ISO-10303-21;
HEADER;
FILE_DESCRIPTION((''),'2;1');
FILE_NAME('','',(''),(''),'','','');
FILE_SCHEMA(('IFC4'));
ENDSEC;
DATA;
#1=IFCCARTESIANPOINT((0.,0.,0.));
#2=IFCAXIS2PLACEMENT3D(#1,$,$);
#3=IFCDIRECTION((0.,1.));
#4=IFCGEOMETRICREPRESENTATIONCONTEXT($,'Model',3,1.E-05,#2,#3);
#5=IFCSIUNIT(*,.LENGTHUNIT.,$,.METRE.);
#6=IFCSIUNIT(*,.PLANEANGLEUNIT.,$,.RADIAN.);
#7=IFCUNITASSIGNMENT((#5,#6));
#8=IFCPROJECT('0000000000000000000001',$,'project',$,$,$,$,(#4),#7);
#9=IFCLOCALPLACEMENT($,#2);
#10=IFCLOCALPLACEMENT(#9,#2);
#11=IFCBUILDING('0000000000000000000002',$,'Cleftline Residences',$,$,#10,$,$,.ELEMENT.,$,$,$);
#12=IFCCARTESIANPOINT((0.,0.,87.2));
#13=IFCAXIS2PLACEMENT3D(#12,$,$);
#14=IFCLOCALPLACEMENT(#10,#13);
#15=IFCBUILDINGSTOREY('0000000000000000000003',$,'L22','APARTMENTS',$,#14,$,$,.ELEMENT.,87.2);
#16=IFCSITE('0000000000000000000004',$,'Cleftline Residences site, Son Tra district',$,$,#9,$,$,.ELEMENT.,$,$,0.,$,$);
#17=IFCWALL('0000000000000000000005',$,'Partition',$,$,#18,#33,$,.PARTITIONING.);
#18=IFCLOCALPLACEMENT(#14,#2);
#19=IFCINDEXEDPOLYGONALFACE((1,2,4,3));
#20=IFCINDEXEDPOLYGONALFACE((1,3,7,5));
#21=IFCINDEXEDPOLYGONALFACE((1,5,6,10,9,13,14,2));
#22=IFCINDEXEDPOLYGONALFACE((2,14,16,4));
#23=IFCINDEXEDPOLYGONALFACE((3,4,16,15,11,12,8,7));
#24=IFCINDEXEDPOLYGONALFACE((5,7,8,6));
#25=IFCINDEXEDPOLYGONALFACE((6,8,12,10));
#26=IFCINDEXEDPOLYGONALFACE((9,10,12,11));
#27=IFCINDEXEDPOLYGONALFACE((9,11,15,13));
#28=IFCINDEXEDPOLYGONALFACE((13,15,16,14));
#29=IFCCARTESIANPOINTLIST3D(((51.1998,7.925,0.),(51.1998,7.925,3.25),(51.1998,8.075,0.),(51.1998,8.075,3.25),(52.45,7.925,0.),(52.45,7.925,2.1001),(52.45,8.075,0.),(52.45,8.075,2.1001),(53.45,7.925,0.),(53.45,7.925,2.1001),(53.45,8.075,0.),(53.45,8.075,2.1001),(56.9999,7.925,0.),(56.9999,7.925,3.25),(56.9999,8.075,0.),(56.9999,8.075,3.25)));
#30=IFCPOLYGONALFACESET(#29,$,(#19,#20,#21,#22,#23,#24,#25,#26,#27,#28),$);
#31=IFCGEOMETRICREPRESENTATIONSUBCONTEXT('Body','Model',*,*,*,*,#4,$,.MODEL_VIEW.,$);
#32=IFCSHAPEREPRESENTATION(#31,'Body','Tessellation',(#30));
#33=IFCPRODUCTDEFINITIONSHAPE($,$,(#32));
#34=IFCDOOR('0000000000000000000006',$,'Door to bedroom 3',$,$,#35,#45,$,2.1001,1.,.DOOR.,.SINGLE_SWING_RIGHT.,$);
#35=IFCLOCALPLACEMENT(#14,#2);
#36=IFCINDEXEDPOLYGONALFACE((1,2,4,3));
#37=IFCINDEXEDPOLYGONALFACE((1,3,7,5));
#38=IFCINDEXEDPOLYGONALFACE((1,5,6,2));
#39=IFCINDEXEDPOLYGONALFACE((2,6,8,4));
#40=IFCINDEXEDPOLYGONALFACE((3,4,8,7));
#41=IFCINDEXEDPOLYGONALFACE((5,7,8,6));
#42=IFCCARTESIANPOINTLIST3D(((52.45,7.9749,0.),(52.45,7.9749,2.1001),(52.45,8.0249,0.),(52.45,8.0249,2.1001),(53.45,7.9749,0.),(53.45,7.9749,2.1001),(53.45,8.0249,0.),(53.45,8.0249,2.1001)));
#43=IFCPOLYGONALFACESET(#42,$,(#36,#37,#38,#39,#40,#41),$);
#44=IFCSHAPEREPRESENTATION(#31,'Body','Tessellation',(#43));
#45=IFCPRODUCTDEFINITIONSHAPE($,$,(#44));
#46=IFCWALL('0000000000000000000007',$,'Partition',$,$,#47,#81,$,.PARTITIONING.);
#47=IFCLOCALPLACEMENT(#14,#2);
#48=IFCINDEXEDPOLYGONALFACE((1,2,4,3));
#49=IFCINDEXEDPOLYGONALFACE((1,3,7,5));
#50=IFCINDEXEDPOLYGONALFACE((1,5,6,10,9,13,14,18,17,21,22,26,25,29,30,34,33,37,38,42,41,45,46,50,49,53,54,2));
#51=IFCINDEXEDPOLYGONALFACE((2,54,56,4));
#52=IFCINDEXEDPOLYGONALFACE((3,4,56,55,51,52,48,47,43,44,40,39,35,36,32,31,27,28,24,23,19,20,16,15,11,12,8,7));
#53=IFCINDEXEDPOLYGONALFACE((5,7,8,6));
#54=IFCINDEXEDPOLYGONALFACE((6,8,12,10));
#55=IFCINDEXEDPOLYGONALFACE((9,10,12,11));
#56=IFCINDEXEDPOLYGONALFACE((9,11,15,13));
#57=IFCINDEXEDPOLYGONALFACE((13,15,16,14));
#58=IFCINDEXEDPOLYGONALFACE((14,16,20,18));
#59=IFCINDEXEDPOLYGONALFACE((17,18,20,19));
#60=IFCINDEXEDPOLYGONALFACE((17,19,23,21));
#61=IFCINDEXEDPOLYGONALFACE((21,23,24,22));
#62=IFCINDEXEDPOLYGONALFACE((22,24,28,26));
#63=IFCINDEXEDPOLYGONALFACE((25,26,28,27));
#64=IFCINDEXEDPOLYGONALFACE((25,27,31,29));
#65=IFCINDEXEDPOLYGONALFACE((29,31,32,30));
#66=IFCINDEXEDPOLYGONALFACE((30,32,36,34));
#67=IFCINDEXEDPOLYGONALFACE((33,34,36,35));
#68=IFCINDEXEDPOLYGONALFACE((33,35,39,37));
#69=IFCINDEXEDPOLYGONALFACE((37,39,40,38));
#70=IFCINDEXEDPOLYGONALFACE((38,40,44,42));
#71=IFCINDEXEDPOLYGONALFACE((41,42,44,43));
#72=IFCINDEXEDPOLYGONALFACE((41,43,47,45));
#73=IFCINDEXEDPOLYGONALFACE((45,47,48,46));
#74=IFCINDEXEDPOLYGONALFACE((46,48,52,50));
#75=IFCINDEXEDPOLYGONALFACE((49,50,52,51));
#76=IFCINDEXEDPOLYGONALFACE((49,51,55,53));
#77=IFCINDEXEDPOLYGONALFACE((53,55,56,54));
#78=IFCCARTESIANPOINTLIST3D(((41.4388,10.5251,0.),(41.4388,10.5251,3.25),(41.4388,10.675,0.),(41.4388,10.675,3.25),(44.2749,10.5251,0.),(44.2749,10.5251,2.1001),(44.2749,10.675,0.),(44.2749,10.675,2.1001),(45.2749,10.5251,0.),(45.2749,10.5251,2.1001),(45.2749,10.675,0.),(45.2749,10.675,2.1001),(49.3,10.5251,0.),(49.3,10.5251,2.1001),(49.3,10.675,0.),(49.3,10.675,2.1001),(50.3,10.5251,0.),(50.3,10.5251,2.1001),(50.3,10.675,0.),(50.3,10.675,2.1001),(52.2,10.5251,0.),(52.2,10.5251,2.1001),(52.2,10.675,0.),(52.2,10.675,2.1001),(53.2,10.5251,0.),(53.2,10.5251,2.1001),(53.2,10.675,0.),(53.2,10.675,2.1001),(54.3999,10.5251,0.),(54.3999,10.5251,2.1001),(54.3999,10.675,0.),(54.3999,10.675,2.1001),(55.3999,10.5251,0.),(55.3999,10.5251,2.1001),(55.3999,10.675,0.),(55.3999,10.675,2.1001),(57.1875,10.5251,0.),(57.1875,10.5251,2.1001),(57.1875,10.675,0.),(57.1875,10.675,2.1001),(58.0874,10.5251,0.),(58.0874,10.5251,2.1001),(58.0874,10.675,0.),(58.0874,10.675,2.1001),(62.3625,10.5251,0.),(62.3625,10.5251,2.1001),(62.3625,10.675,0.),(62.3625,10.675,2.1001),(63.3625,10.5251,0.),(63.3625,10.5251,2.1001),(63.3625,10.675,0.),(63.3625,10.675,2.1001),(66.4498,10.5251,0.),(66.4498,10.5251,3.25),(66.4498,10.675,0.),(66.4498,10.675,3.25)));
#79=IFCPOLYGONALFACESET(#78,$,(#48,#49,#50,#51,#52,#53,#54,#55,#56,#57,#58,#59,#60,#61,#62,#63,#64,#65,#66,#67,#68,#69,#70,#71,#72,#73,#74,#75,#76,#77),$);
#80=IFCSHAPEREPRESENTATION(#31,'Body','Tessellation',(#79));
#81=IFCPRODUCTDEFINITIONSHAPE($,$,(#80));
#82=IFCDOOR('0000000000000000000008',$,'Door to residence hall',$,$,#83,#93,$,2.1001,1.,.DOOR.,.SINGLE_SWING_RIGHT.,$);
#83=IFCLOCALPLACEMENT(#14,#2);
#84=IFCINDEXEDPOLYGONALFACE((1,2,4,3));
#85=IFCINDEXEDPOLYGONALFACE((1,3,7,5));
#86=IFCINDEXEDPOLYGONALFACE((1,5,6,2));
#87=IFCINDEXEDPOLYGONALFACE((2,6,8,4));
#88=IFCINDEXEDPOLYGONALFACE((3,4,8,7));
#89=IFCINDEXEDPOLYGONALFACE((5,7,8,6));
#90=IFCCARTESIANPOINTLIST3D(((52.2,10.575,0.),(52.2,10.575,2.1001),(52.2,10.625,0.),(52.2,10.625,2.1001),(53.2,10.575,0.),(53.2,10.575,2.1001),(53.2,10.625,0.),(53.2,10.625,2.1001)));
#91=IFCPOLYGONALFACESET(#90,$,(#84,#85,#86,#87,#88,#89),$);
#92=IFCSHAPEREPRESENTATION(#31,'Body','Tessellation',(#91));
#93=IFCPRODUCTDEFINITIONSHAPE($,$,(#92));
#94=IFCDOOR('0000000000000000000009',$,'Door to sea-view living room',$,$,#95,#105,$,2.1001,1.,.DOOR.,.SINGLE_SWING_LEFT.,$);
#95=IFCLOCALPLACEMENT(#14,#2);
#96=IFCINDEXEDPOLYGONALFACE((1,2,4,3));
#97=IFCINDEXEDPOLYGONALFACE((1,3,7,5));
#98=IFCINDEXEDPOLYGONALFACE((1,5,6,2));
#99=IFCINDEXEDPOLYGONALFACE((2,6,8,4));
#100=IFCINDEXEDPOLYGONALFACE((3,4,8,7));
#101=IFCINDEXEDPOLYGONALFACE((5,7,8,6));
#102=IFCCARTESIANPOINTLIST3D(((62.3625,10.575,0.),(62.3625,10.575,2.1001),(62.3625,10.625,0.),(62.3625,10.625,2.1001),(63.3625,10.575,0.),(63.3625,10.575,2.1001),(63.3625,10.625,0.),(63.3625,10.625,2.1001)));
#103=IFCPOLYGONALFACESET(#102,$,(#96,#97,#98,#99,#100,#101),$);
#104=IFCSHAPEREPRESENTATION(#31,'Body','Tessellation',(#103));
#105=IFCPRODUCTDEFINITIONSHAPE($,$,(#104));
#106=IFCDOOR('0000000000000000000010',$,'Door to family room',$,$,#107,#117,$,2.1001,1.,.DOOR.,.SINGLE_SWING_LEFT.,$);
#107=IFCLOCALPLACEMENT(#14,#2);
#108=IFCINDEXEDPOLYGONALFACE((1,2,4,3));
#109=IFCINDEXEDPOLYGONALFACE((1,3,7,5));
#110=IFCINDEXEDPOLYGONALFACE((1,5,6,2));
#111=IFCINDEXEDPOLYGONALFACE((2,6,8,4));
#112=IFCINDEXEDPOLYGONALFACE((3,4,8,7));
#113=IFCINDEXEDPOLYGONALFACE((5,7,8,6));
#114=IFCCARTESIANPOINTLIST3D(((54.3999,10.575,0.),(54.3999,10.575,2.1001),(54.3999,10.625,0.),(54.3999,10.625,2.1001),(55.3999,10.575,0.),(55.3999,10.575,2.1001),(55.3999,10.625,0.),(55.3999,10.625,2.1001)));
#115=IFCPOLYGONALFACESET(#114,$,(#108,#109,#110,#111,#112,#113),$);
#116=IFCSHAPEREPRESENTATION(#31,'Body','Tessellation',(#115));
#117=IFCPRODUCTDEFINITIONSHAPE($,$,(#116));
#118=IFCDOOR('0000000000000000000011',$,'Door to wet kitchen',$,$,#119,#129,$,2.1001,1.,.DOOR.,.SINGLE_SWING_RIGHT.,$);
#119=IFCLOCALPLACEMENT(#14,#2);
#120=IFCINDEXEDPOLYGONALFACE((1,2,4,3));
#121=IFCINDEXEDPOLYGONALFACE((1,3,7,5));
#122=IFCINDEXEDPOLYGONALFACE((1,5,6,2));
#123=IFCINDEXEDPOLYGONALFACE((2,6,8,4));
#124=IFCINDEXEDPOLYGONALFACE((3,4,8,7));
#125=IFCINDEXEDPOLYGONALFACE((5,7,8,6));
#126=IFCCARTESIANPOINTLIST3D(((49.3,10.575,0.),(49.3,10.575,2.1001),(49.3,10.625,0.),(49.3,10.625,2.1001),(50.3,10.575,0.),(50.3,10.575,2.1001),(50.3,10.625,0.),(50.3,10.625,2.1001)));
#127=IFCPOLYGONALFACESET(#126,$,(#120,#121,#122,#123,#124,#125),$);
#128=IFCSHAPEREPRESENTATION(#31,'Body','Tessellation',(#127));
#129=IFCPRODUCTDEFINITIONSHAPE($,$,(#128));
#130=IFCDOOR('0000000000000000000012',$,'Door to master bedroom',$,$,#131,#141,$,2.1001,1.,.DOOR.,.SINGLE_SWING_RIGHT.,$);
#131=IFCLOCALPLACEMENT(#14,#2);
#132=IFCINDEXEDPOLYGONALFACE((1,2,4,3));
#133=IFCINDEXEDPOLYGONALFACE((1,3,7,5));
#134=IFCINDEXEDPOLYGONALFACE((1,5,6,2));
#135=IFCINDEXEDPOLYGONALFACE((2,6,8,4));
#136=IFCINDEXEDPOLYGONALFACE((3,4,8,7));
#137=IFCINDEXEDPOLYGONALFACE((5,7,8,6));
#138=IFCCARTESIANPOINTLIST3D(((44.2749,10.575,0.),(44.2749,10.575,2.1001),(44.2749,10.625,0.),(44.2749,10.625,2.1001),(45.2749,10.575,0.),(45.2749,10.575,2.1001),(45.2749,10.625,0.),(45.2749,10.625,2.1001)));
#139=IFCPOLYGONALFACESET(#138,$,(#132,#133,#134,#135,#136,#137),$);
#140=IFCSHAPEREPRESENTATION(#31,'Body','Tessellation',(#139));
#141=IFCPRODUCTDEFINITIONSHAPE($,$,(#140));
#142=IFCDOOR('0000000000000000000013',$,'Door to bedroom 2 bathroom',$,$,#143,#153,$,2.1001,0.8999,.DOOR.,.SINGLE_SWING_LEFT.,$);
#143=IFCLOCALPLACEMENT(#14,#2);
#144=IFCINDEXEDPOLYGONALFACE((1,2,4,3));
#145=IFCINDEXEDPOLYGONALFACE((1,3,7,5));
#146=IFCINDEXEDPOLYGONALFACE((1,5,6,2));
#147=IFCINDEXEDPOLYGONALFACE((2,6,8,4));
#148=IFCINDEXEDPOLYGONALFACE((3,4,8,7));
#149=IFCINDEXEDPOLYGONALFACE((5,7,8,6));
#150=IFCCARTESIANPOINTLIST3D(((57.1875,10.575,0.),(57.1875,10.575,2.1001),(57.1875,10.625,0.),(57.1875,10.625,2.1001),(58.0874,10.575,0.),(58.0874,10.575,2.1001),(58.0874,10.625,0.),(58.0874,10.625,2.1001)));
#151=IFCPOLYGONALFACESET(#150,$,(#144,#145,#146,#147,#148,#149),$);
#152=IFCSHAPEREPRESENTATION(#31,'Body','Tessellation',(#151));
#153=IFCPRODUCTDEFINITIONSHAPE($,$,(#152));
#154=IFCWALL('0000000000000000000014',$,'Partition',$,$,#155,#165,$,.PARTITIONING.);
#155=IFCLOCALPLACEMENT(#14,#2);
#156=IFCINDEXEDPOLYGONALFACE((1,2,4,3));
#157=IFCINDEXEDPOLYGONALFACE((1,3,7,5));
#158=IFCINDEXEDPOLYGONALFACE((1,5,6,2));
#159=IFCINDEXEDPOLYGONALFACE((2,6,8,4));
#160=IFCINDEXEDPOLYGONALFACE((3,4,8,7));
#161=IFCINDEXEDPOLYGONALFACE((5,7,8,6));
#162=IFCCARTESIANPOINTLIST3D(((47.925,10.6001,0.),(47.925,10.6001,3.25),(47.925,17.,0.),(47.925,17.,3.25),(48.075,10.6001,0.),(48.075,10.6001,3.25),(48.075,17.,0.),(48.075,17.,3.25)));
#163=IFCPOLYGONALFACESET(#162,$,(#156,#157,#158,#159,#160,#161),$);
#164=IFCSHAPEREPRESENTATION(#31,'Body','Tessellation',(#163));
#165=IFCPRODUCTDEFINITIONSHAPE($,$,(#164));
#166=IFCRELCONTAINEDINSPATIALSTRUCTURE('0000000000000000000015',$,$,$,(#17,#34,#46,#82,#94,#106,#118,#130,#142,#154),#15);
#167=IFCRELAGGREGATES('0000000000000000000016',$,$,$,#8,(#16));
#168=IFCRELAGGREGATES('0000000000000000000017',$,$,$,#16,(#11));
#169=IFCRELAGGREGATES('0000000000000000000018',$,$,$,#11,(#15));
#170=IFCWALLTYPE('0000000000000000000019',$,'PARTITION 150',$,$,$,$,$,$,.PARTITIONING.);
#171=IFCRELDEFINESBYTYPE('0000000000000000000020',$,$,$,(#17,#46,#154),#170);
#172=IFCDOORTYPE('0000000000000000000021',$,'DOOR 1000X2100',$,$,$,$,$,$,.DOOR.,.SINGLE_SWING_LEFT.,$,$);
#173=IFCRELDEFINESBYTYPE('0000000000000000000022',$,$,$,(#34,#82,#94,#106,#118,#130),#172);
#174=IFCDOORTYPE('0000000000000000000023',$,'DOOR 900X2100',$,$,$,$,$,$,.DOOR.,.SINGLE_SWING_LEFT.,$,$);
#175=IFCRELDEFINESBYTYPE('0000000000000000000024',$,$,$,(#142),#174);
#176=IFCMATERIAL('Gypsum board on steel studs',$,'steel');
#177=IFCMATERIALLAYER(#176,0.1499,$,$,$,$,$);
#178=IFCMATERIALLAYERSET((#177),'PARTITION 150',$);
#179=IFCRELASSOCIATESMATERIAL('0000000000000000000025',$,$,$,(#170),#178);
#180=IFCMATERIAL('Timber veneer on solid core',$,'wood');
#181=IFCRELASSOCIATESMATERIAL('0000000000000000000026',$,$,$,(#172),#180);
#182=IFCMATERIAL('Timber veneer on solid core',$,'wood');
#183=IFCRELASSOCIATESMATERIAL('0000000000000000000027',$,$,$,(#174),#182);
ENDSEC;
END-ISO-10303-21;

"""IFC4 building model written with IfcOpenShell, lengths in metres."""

from ifc_helpers import new_model, si_unit, direction, frame, frame_2d, origin, place, context, subcontext, project, spatial, rectangle, extrude, material, layer, layer_set, type_object, element, fill, save


model = new_model("IFC4")

# Units and contexts
model_context = context("Model", 3, precision=1e-05, world=origin(), true_north=direction((0.0, 1.0)))
body_context = subcontext(model_context, "Body", "Model", "MODEL_VIEW")
ifc_project = project(units=[si_unit("LENGTHUNIT", "METRE"), si_unit("PLANEANGLEUNIT", "RADIAN")], contexts=[model_context])

# Site, building, storey
site_placement = place(None, origin())
site = spatial("IfcSite", under=ifc_project, at=site_placement, Name="Cleftline Residences site, Son Tra district", CompositionType="ELEMENT", RefElevation=0.0)
building_placement = place(site_placement, origin())
building = spatial("IfcBuilding", under=site, at=building_placement, Name="Cleftline Residences", CompositionType="ELEMENT")
storey_placement = place(building_placement, frame((0.0, 0.0, 87.2)))
storey = spatial("IfcBuildingStorey", under=building, at=storey_placement, Name="L22", Description="APARTMENTS", CompositionType="ELEMENT", Elevation=87.2)

# Shared definitions
ifc_material_1 = material(Name="Gypsum board on steel studs", Category="steel")
ifc_layer_1 = layer(ifc_material_1, 0.1499)
ifc_layer_set_1 = layer_set([ifc_layer_1], Name="PARTITION 150")
wall_type = type_object("IfcWallType", Name="PARTITION 150", PredefinedType="PARTITIONING", material=ifc_layer_set_1)
ifc_material_2 = material(Name="Timber veneer on solid core", Category="wood")
door_type_1 = type_object("IfcDoorType", Name="DOOR 1000X2100", OperationType="SINGLE_SWING_LEFT", PredefinedType="DOOR", material=ifc_material_2)

# Wall, opening, door
wall_1_placement = place(storey_placement, frame((51.2, 8.0, 0.0), z_axis=(0.0, 0.0, 1.0), x_axis=(1.0, 0.0, 0.0)))
wall_1 = element("IfcWall", 1, at=wall_1_placement, inside=storey, type_object=wall_type, Name="Partition", PredefinedType="PARTITIONING", context=body_context, shape_type="SweptSolid", body=[
    extrude(rectangle(XDim=5.8, YDim=0.1499, at=frame_2d((2.8999, 0.0))), origin(), (0.0, 0.0, 1.0), 3.25),
])
opening_1_placement = place(wall_1_placement, frame((1.25, 0.0, 0.0)))
opening_1 = element("IfcOpeningElement", 2, at=opening_1_placement, cuts=wall_1, PredefinedType="OPENING", context=body_context, shape_type="SweptSolid", body=[
    extrude(rectangle(XDim=1.0, YDim=2.1001, at=frame_2d((0.5, 1.05))), frame((0.0, 0.085, 0.0), z_axis=(0.0, -1.0, 0.0), x_axis=(1.0, 0.0, 0.0)), (0.0, 0.0, 1.0), 0.1699),
])
door_1_placement = place(opening_1_placement, origin())
door_1 = element("IfcDoor", 3, at=door_1_placement, inside=storey, type_object=door_type_1, Name="Door to bedroom 3", OperationType="SINGLE_SWING_RIGHT", OverallHeight=2.1001, OverallWidth=1.0, PredefinedType="DOOR", context=body_context, shape_type="SweptSolid", body=[
    extrude(rectangle(XDim=1.0, YDim=2.1001, at=frame_2d((0.5, 1.05))), frame((0.0, 0.0249, 0.0), z_axis=(0.0, -1.0, 0.0), x_axis=(1.0, 0.0, 0.0)), (0.0, 0.0, 1.0), 0.05),
])
fill(opening_1, door_1)

# Wall, openings, doors
wall_2_placement = place(storey_placement, frame((41.439, 10.6001, 0.0), z_axis=(0.0, 0.0, 1.0), x_axis=(1.0, 0.0, 0.0)))
wall_2 = element("IfcWall", 4, at=wall_2_placement, inside=storey, type_object=wall_type, Name="Partition", PredefinedType="PARTITIONING", context=body_context, shape_type="SweptSolid", body=[
    extrude(rectangle(XDim=25.011, YDim=0.1499, at=frame_2d((12.5054, 0.0))), origin(), (0.0, 0.0, 1.0), 3.25),
])
opening_2_placement = place(wall_2_placement, frame((10.761, 0.0, 0.0)))
opening_2 = element("IfcOpeningElement", 5, at=opening_2_placement, cuts=wall_2, PredefinedType="OPENING", context=body_context, shape_type="SweptSolid", body=[
    extrude(rectangle(XDim=1.0, YDim=2.1001, at=frame_2d((0.5, 1.05))), frame((0.0, 0.085, 0.0), z_axis=(0.0, -1.0, 0.0), x_axis=(1.0, 0.0, 0.0)), (0.0, 0.0, 1.0), 0.1699),
])
opening_3_placement = place(wall_2_placement, frame((20.9236, 0.0, 0.0)))
opening_3 = element("IfcOpeningElement", 6, at=opening_3_placement, cuts=wall_2, PredefinedType="OPENING", context=body_context, shape_type="SweptSolid", body=[
    extrude(rectangle(XDim=1.0, YDim=2.1001, at=frame_2d((0.5, 1.05))), frame((0.0, 0.085, 0.0), z_axis=(0.0, -1.0, 0.0), x_axis=(1.0, 0.0, 0.0)), (0.0, 0.0, 1.0), 0.1699),
])
opening_4_placement = place(wall_2_placement, frame((15.7485, 0.0, 0.0)))
opening_4 = element("IfcOpeningElement", 7, at=opening_4_placement, cuts=wall_2, PredefinedType="OPENING", context=body_context, shape_type="SweptSolid", body=[
    extrude(rectangle(XDim=0.8999, YDim=2.1001, at=frame_2d((0.45, 1.05))), frame((0.0, 0.085, 0.0), z_axis=(0.0, -1.0, 0.0), x_axis=(1.0, 0.0, 0.0)), (0.0, 0.0, 1.0), 0.1699),
])
opening_5_placement = place(wall_2_placement, frame((12.9609, 0.0, 0.0)))
opening_5 = element("IfcOpeningElement", 8, at=opening_5_placement, cuts=wall_2, PredefinedType="OPENING", context=body_context, shape_type="SweptSolid", body=[
    extrude(rectangle(XDim=1.0, YDim=2.1001, at=frame_2d((0.5, 1.05))), frame((0.0, 0.085, 0.0), z_axis=(0.0, -1.0, 0.0), x_axis=(1.0, 0.0, 0.0)), (0.0, 0.0, 1.0), 0.1699),
])
opening_6_placement = place(wall_2_placement, frame((7.8611, 0.0, 0.0)))
opening_6 = element("IfcOpeningElement", 9, at=opening_6_placement, cuts=wall_2, PredefinedType="OPENING", context=body_context, shape_type="SweptSolid", body=[
    extrude(rectangle(XDim=1.0, YDim=2.1001, at=frame_2d((0.5, 1.05))), frame((0.0, 0.085, 0.0), z_axis=(0.0, -1.0, 0.0), x_axis=(1.0, 0.0, 0.0)), (0.0, 0.0, 1.0), 0.1699),
])
opening_7_placement = place(wall_2_placement, frame((2.8359, 0.0, 0.0)))
opening_7 = element("IfcOpeningElement", 10, at=opening_7_placement, cuts=wall_2, PredefinedType="OPENING", context=body_context, shape_type="SweptSolid", body=[
    extrude(rectangle(XDim=1.0, YDim=2.1001, at=frame_2d((0.5, 1.05))), frame((0.0, 0.085, 0.0), z_axis=(0.0, -1.0, 0.0), x_axis=(1.0, 0.0, 0.0)), (0.0, 0.0, 1.0), 0.1699),
])
door_2_placement = place(opening_2_placement, origin())
door_2 = element("IfcDoor", 11, at=door_2_placement, inside=storey, type_object=door_type_1, Name="Door to residence hall", OperationType="SINGLE_SWING_RIGHT", OverallHeight=2.1001, OverallWidth=1.0, PredefinedType="DOOR", context=body_context, shape_type="SweptSolid", body=[
    extrude(rectangle(XDim=1.0, YDim=2.1001, at=frame_2d((0.5, 1.05))), frame((0.0, 0.0249, 0.0), z_axis=(0.0, -1.0, 0.0), x_axis=(1.0, 0.0, 0.0)), (0.0, 0.0, 1.0), 0.05),
])
fill(opening_2, door_2)
door_3_placement = place(opening_3_placement, origin())
door_3 = element("IfcDoor", 12, at=door_3_placement, inside=storey, type_object=door_type_1, Name="Door to sea-view living room", OperationType="SINGLE_SWING_LEFT", OverallHeight=2.1001, OverallWidth=1.0, PredefinedType="DOOR", context=body_context, shape_type="SweptSolid", body=[
    extrude(rectangle(XDim=1.0, YDim=2.1001, at=frame_2d((0.5, 1.05))), frame((0.0, 0.0249, 0.0), z_axis=(0.0, -1.0, 0.0), x_axis=(1.0, 0.0, 0.0)), (0.0, 0.0, 1.0), 0.05),
])
fill(opening_3, door_3)
door_4_placement = place(opening_5_placement, origin())
door_4 = element("IfcDoor", 13, at=door_4_placement, inside=storey, type_object=door_type_1, Name="Door to family room", OperationType="SINGLE_SWING_LEFT", OverallHeight=2.1001, OverallWidth=1.0, PredefinedType="DOOR", context=body_context, shape_type="SweptSolid", body=[
    extrude(rectangle(XDim=1.0, YDim=2.1001, at=frame_2d((0.5, 1.05))), frame((0.0, 0.0249, 0.0), z_axis=(0.0, -1.0, 0.0), x_axis=(1.0, 0.0, 0.0)), (0.0, 0.0, 1.0), 0.05),
])
fill(opening_5, door_4)
door_5_placement = place(opening_6_placement, origin())
door_5 = element("IfcDoor", 14, at=door_5_placement, inside=storey, type_object=door_type_1, Name="Door to wet kitchen", OperationType="SINGLE_SWING_RIGHT", OverallHeight=2.1001, OverallWidth=1.0, PredefinedType="DOOR", context=body_context, shape_type="SweptSolid", body=[
    extrude(rectangle(XDim=1.0, YDim=2.1001, at=frame_2d((0.5, 1.05))), frame((0.0, 0.0249, 0.0), z_axis=(0.0, -1.0, 0.0), x_axis=(1.0, 0.0, 0.0)), (0.0, 0.0, 1.0), 0.05),
])
fill(opening_6, door_5)
door_6_placement = place(opening_7_placement, origin())
door_6 = element("IfcDoor", 15, at=door_6_placement, inside=storey, type_object=door_type_1, Name="Door to master bedroom", OperationType="SINGLE_SWING_RIGHT", OverallHeight=2.1001, OverallWidth=1.0, PredefinedType="DOOR", context=body_context, shape_type="SweptSolid", body=[
    extrude(rectangle(XDim=1.0, YDim=2.1001, at=frame_2d((0.5, 1.05))), frame((0.0, 0.0249, 0.0), z_axis=(0.0, -1.0, 0.0), x_axis=(1.0, 0.0, 0.0)), (0.0, 0.0, 1.0), 0.05),
])
fill(opening_7, door_6)
ifc_material_3 = material(Name="Timber veneer on solid core", Category="wood")
door_type_2 = type_object("IfcDoorType", Name="DOOR 900X2100", OperationType="SINGLE_SWING_LEFT", PredefinedType="DOOR", material=ifc_material_3)
door_7_placement = place(opening_4_placement, origin())
door_7 = element("IfcDoor", 16, at=door_7_placement, inside=storey, type_object=door_type_2, Name="Door to bedroom 2 bathroom", OperationType="SINGLE_SWING_LEFT", OverallHeight=2.1001, OverallWidth=0.8999, PredefinedType="DOOR", context=body_context, shape_type="SweptSolid", body=[
    extrude(rectangle(XDim=0.8999, YDim=2.1001, at=frame_2d((0.45, 1.05))), frame((0.0, 0.0249, 0.0), z_axis=(0.0, -1.0, 0.0), x_axis=(1.0, 0.0, 0.0)), (0.0, 0.0, 1.0), 0.05),
])
fill(opening_4, door_7)

# Wall
wall_3_placement = place(storey_placement, frame((48.0, 10.6001, 0.0), z_axis=(0.0, 0.0, 1.0), x_axis=(0.0, 1.0, 0.0)))
element("IfcWall", 17, at=wall_3_placement, inside=storey, type_object=wall_type, Name="Partition", PredefinedType="PARTITIONING", context=body_context, shape_type="SweptSolid", body=[
    extrude(rectangle(XDim=6.3999, YDim=0.1499, at=frame_2d((3.2, 0.0))), origin(), (0.0, 0.0, 1.0), 3.25),
])

save(model, "model.ifc")
